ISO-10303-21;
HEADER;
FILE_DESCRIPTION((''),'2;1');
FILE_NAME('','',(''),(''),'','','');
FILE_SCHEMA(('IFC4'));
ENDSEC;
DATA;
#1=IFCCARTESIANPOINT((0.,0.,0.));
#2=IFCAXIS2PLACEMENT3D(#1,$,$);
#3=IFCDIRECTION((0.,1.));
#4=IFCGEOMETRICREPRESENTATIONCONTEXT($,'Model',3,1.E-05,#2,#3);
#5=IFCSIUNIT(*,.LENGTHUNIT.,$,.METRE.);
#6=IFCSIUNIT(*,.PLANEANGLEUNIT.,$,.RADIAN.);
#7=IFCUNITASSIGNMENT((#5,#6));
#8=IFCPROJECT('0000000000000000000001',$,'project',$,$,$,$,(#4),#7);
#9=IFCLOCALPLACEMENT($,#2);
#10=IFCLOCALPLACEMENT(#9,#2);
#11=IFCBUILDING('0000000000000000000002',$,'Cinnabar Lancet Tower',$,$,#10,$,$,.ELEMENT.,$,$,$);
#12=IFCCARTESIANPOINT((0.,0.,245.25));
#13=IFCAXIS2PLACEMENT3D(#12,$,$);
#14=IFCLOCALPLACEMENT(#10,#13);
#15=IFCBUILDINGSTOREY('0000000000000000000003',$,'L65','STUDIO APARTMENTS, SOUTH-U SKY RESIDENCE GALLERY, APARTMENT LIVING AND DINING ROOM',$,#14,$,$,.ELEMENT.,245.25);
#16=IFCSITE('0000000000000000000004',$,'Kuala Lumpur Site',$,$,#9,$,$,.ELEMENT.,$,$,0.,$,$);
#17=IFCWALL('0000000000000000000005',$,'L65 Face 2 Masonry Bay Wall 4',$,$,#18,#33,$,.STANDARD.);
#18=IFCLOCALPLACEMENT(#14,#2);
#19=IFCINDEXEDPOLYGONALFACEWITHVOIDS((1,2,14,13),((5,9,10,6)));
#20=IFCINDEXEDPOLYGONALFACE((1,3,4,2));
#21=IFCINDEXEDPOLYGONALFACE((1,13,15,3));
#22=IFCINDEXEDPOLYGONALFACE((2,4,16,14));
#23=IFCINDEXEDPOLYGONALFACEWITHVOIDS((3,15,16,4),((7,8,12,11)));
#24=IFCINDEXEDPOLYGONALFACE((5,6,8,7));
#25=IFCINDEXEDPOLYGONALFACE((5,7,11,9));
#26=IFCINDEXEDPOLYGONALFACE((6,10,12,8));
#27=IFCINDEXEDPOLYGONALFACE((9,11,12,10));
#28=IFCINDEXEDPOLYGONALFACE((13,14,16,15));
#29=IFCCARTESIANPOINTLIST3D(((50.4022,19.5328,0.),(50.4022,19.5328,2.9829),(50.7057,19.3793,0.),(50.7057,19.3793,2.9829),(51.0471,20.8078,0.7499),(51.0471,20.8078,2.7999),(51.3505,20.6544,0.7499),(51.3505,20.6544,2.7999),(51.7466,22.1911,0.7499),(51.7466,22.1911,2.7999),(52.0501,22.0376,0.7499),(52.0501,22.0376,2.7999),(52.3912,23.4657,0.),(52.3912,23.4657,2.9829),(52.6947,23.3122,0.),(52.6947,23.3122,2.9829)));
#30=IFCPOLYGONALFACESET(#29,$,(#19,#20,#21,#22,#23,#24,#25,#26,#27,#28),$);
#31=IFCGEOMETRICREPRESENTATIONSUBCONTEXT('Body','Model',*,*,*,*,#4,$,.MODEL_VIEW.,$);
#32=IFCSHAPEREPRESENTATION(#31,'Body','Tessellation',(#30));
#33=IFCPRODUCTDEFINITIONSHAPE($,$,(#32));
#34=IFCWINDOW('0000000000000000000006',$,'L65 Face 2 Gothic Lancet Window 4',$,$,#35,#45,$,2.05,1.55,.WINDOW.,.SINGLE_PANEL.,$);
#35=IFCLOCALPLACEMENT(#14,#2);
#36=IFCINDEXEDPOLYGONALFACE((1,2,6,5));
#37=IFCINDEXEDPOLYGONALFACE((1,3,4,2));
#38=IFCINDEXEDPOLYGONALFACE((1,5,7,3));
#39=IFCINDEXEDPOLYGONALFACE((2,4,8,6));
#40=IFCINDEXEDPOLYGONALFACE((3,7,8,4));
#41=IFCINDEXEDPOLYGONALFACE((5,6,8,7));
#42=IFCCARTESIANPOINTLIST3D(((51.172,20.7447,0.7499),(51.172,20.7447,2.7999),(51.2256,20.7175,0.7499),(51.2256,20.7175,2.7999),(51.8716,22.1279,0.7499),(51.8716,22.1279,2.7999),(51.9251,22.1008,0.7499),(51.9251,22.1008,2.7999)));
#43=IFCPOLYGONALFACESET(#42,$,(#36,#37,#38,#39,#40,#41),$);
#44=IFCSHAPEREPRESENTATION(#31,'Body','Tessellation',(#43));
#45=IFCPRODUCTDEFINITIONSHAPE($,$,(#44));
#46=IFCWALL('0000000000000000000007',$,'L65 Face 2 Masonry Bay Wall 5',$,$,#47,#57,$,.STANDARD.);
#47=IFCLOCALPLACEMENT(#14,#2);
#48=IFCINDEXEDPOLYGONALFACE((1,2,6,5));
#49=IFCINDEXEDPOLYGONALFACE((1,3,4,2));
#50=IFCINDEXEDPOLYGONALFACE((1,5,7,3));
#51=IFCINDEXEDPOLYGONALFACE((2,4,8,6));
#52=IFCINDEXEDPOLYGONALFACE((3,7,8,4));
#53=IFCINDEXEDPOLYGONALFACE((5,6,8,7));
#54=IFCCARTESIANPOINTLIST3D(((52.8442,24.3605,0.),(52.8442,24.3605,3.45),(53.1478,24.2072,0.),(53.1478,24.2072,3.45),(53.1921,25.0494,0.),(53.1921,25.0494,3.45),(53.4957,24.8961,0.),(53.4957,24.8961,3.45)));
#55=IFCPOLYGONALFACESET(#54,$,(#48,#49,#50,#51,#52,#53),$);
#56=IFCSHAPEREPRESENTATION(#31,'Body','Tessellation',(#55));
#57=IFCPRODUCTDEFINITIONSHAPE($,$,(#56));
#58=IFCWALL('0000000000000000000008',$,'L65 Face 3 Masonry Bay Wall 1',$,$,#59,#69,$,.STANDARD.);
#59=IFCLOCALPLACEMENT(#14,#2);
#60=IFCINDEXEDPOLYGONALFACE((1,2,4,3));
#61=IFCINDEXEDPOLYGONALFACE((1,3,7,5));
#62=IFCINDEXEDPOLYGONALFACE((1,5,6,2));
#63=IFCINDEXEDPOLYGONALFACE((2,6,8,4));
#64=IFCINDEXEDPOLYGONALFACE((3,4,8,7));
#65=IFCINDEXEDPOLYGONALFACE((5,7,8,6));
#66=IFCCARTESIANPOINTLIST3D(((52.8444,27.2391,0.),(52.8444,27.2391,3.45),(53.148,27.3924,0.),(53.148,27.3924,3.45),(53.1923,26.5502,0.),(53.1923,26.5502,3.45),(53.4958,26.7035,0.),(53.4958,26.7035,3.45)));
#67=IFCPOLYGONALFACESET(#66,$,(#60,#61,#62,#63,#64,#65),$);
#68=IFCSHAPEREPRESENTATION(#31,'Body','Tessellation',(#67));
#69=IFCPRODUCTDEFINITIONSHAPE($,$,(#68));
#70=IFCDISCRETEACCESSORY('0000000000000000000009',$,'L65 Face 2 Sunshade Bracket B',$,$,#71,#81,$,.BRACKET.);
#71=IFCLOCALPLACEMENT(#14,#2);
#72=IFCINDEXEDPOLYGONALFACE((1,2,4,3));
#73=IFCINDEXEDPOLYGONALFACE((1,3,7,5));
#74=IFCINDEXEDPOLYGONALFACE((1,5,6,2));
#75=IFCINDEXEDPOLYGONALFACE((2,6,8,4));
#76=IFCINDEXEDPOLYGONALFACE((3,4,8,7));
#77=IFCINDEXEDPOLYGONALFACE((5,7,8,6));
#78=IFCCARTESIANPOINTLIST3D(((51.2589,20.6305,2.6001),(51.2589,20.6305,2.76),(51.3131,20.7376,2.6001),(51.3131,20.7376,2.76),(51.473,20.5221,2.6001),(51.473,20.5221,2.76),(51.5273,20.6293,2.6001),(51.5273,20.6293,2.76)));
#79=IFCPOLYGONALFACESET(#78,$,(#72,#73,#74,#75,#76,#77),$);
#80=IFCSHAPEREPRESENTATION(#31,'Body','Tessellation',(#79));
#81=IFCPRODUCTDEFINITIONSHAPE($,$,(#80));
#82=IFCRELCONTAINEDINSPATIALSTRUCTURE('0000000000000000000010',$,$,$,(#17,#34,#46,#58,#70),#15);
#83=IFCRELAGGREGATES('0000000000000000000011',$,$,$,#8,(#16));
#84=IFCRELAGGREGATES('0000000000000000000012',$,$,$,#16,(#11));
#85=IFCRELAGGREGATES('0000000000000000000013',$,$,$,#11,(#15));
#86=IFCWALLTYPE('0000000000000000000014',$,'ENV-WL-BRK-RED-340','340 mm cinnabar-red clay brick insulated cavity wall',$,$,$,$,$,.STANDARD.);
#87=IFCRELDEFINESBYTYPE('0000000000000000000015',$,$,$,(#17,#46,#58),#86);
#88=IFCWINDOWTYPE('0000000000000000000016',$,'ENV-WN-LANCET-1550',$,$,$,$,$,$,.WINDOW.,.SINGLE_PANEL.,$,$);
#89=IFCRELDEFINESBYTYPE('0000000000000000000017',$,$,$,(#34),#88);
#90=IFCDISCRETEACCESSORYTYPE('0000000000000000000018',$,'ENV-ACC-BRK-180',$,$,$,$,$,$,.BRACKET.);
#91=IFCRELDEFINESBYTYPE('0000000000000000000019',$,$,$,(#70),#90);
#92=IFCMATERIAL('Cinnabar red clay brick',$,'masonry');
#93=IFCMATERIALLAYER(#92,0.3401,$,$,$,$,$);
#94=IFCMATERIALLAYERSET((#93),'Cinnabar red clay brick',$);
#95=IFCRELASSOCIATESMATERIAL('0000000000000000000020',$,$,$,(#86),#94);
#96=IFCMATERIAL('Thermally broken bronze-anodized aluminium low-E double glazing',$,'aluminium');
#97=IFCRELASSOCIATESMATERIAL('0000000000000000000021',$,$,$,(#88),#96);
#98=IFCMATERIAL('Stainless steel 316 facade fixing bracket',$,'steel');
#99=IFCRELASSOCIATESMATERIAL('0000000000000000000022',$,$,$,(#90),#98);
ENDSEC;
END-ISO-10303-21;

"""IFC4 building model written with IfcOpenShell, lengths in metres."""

from ifc_helpers import new_model, si_unit, direction, frame, frame_2d, origin, origin_2d, place, context, subcontext, project, spatial, rectangle, extrude, material, layer, layer_set, type_object, element, fill, save


model = new_model("IFC4")

# Units and contexts
model_context = context("Model", 3, precision=1e-05, world=origin(), true_north=direction((0.0, 1.0)))
body_context = subcontext(model_context, "Body", "Model", "MODEL_VIEW")
ifc_project = project(units=[si_unit("LENGTHUNIT", "METRE"), si_unit("PLANEANGLEUNIT", "RADIAN")], contexts=[model_context])

# Site, building, storey
site_placement = place(None, origin())
site = spatial("IfcSite", under=ifc_project, at=site_placement, Name="Kuala Lumpur Site", CompositionType="ELEMENT", RefElevation=0.0)
building_placement = place(site_placement, origin())
building = spatial("IfcBuilding", under=site, at=building_placement, Name="Cinnabar Lancet Tower", CompositionType="ELEMENT")
storey_placement = place(building_placement, frame((0.0, 0.0, 245.25)))
storey = spatial("IfcBuildingStorey", under=building, at=storey_placement, Name="L65", Description="STUDIO APARTMENTS, SOUTH-U SKY RESIDENCE GALLERY, APARTMENT LIVING AND DINING ROOM", CompositionType="ELEMENT", Elevation=245.25)

# Shared definitions
ifc_material_1 = material(Name="Cinnabar red clay brick", Category="masonry")
ifc_layer_1 = layer(ifc_material_1, 0.3401)
ifc_layer_set_1 = layer_set([ifc_layer_1], Name="Cinnabar red clay brick")
wall_type_1 = type_object("IfcWallType", Name="ENV-WL-BRK-RED-340", Description="340 mm cinnabar-red clay brick insulated cavity wall", PredefinedType="STANDARD", material=ifc_layer_set_1)

# Wall, opening, window
wall_1_placement = place(storey_placement, frame((50.554, 19.4561, 0.0), z_axis=(0.0, 0.0, 1.0), x_axis=(0.451308, 0.892368, 0.0)))
wall_1 = element("IfcWall", 1, at=wall_1_placement, inside=storey, type_object=wall_type_1, Name="L65 Face 2 Masonry Bay Wall 4", PredefinedType="STANDARD", context=body_context, shape_type="SweptSolid", body=[
    extrude(rectangle(XDim=4.4072, YDim=0.3401, at=frame_2d((2.2036, 0.0))), origin(), (0.0, 0.0, 1.0), 2.9829),
])
opening_1_placement = place(wall_1_placement, frame((1.429, 0.0, 0.75)))
opening_1 = element("IfcOpeningElement", 2, at=opening_1_placement, cuts=wall_1, PredefinedType="OPENING", context=body_context, shape_type="SweptSolid", body=[
    extrude(rectangle(XDim=1.55, YDim=2.05, at=frame_2d((0.7749, 1.0249))), frame((0.0, 0.1799, 0.0), z_axis=(0.0, -1.0, 0.0), x_axis=(1.0, 0.0, 0.0)), (0.0, 0.0, 1.0), 0.3601),
])
ifc_material_2 = material(Name="Thermally broken bronze-anodized aluminium low-E double glazing", Category="aluminium")
window_type = type_object("IfcWindowType", Name="ENV-WN-LANCET-1550", PartitioningType="SINGLE_PANEL", PredefinedType="WINDOW", material=ifc_material_2)
window_placement = place(opening_1_placement, origin())
window = element("IfcWindow", 3, at=window_placement, inside=storey, type_object=window_type, Name="L65 Face 2 Gothic Lancet Window 4", OverallHeight=2.05, OverallWidth=1.55, PartitioningType="SINGLE_PANEL", PredefinedType="WINDOW", context=body_context, shape_type="SweptSolid", body=[
    extrude(rectangle(XDim=1.55, YDim=2.05, at=frame_2d((0.7749, 1.0249))), frame((0.0, 0.03, 0.0), z_axis=(0.0, -1.0, 0.0), x_axis=(1.0, 0.0, 0.0)), (0.0, 0.0, 1.0), 0.0601),
])
fill(opening_1, window)

# Walls
for number, where, z_axis, x_axis, name in (
    (4, (52.9961, 24.2839, 0.0), (0.0, 0.0, 1.0), (0.450753, 0.892649, 0.0), "L65 Face 2 Masonry Bay Wall 5"),
    (5, (53.344, 26.627, 0.0), (0.0, 0.0, 1.0), (-0.450753, 0.892649, 0.0), "L65 Face 3 Masonry Bay Wall 1"),
):
    element("IfcWall", number, at=place(storey_placement, frame(where, z_axis=z_axis, x_axis=x_axis)), inside=storey, type_object=wall_type_1, Name=name, PredefinedType="STANDARD", context=body_context, shape_type="SweptSolid", body=[
        extrude(rectangle(XDim=0.7717, YDim=0.3401, at=frame_2d((0.3857, 0.0))), origin(), (0.0, 0.0, 1.0), 3.45),
    ])

# Discrete accessory
ifc_material_3 = material(Name="Stainless steel 316 facade fixing bracket", Category="steel")
discrete_accessory_type = type_object("IfcDiscreteAccessoryType", Name="ENV-ACC-BRK-180", PredefinedType="BRACKET", material=ifc_material_3)
discrete_accessory_placement = place(storey_placement, frame((51.3931, 20.6299, 2.6001), z_axis=(0.0, 0.0, 1.0), x_axis=(0.451376, 0.892334, 0.0)))
element("IfcDiscreteAccessory", 6, at=discrete_accessory_placement, inside=storey, type_object=discrete_accessory_type, Name="L65 Face 2 Sunshade Bracket B", PredefinedType="BRACKET", context=body_context, shape_type="SweptSolid", body=[
    extrude(rectangle(XDim=0.1201, YDim=0.24, at=origin_2d()), origin(), (0.0, 0.0, 1.0), 0.1599),
])

save(model, "model.ifc")
